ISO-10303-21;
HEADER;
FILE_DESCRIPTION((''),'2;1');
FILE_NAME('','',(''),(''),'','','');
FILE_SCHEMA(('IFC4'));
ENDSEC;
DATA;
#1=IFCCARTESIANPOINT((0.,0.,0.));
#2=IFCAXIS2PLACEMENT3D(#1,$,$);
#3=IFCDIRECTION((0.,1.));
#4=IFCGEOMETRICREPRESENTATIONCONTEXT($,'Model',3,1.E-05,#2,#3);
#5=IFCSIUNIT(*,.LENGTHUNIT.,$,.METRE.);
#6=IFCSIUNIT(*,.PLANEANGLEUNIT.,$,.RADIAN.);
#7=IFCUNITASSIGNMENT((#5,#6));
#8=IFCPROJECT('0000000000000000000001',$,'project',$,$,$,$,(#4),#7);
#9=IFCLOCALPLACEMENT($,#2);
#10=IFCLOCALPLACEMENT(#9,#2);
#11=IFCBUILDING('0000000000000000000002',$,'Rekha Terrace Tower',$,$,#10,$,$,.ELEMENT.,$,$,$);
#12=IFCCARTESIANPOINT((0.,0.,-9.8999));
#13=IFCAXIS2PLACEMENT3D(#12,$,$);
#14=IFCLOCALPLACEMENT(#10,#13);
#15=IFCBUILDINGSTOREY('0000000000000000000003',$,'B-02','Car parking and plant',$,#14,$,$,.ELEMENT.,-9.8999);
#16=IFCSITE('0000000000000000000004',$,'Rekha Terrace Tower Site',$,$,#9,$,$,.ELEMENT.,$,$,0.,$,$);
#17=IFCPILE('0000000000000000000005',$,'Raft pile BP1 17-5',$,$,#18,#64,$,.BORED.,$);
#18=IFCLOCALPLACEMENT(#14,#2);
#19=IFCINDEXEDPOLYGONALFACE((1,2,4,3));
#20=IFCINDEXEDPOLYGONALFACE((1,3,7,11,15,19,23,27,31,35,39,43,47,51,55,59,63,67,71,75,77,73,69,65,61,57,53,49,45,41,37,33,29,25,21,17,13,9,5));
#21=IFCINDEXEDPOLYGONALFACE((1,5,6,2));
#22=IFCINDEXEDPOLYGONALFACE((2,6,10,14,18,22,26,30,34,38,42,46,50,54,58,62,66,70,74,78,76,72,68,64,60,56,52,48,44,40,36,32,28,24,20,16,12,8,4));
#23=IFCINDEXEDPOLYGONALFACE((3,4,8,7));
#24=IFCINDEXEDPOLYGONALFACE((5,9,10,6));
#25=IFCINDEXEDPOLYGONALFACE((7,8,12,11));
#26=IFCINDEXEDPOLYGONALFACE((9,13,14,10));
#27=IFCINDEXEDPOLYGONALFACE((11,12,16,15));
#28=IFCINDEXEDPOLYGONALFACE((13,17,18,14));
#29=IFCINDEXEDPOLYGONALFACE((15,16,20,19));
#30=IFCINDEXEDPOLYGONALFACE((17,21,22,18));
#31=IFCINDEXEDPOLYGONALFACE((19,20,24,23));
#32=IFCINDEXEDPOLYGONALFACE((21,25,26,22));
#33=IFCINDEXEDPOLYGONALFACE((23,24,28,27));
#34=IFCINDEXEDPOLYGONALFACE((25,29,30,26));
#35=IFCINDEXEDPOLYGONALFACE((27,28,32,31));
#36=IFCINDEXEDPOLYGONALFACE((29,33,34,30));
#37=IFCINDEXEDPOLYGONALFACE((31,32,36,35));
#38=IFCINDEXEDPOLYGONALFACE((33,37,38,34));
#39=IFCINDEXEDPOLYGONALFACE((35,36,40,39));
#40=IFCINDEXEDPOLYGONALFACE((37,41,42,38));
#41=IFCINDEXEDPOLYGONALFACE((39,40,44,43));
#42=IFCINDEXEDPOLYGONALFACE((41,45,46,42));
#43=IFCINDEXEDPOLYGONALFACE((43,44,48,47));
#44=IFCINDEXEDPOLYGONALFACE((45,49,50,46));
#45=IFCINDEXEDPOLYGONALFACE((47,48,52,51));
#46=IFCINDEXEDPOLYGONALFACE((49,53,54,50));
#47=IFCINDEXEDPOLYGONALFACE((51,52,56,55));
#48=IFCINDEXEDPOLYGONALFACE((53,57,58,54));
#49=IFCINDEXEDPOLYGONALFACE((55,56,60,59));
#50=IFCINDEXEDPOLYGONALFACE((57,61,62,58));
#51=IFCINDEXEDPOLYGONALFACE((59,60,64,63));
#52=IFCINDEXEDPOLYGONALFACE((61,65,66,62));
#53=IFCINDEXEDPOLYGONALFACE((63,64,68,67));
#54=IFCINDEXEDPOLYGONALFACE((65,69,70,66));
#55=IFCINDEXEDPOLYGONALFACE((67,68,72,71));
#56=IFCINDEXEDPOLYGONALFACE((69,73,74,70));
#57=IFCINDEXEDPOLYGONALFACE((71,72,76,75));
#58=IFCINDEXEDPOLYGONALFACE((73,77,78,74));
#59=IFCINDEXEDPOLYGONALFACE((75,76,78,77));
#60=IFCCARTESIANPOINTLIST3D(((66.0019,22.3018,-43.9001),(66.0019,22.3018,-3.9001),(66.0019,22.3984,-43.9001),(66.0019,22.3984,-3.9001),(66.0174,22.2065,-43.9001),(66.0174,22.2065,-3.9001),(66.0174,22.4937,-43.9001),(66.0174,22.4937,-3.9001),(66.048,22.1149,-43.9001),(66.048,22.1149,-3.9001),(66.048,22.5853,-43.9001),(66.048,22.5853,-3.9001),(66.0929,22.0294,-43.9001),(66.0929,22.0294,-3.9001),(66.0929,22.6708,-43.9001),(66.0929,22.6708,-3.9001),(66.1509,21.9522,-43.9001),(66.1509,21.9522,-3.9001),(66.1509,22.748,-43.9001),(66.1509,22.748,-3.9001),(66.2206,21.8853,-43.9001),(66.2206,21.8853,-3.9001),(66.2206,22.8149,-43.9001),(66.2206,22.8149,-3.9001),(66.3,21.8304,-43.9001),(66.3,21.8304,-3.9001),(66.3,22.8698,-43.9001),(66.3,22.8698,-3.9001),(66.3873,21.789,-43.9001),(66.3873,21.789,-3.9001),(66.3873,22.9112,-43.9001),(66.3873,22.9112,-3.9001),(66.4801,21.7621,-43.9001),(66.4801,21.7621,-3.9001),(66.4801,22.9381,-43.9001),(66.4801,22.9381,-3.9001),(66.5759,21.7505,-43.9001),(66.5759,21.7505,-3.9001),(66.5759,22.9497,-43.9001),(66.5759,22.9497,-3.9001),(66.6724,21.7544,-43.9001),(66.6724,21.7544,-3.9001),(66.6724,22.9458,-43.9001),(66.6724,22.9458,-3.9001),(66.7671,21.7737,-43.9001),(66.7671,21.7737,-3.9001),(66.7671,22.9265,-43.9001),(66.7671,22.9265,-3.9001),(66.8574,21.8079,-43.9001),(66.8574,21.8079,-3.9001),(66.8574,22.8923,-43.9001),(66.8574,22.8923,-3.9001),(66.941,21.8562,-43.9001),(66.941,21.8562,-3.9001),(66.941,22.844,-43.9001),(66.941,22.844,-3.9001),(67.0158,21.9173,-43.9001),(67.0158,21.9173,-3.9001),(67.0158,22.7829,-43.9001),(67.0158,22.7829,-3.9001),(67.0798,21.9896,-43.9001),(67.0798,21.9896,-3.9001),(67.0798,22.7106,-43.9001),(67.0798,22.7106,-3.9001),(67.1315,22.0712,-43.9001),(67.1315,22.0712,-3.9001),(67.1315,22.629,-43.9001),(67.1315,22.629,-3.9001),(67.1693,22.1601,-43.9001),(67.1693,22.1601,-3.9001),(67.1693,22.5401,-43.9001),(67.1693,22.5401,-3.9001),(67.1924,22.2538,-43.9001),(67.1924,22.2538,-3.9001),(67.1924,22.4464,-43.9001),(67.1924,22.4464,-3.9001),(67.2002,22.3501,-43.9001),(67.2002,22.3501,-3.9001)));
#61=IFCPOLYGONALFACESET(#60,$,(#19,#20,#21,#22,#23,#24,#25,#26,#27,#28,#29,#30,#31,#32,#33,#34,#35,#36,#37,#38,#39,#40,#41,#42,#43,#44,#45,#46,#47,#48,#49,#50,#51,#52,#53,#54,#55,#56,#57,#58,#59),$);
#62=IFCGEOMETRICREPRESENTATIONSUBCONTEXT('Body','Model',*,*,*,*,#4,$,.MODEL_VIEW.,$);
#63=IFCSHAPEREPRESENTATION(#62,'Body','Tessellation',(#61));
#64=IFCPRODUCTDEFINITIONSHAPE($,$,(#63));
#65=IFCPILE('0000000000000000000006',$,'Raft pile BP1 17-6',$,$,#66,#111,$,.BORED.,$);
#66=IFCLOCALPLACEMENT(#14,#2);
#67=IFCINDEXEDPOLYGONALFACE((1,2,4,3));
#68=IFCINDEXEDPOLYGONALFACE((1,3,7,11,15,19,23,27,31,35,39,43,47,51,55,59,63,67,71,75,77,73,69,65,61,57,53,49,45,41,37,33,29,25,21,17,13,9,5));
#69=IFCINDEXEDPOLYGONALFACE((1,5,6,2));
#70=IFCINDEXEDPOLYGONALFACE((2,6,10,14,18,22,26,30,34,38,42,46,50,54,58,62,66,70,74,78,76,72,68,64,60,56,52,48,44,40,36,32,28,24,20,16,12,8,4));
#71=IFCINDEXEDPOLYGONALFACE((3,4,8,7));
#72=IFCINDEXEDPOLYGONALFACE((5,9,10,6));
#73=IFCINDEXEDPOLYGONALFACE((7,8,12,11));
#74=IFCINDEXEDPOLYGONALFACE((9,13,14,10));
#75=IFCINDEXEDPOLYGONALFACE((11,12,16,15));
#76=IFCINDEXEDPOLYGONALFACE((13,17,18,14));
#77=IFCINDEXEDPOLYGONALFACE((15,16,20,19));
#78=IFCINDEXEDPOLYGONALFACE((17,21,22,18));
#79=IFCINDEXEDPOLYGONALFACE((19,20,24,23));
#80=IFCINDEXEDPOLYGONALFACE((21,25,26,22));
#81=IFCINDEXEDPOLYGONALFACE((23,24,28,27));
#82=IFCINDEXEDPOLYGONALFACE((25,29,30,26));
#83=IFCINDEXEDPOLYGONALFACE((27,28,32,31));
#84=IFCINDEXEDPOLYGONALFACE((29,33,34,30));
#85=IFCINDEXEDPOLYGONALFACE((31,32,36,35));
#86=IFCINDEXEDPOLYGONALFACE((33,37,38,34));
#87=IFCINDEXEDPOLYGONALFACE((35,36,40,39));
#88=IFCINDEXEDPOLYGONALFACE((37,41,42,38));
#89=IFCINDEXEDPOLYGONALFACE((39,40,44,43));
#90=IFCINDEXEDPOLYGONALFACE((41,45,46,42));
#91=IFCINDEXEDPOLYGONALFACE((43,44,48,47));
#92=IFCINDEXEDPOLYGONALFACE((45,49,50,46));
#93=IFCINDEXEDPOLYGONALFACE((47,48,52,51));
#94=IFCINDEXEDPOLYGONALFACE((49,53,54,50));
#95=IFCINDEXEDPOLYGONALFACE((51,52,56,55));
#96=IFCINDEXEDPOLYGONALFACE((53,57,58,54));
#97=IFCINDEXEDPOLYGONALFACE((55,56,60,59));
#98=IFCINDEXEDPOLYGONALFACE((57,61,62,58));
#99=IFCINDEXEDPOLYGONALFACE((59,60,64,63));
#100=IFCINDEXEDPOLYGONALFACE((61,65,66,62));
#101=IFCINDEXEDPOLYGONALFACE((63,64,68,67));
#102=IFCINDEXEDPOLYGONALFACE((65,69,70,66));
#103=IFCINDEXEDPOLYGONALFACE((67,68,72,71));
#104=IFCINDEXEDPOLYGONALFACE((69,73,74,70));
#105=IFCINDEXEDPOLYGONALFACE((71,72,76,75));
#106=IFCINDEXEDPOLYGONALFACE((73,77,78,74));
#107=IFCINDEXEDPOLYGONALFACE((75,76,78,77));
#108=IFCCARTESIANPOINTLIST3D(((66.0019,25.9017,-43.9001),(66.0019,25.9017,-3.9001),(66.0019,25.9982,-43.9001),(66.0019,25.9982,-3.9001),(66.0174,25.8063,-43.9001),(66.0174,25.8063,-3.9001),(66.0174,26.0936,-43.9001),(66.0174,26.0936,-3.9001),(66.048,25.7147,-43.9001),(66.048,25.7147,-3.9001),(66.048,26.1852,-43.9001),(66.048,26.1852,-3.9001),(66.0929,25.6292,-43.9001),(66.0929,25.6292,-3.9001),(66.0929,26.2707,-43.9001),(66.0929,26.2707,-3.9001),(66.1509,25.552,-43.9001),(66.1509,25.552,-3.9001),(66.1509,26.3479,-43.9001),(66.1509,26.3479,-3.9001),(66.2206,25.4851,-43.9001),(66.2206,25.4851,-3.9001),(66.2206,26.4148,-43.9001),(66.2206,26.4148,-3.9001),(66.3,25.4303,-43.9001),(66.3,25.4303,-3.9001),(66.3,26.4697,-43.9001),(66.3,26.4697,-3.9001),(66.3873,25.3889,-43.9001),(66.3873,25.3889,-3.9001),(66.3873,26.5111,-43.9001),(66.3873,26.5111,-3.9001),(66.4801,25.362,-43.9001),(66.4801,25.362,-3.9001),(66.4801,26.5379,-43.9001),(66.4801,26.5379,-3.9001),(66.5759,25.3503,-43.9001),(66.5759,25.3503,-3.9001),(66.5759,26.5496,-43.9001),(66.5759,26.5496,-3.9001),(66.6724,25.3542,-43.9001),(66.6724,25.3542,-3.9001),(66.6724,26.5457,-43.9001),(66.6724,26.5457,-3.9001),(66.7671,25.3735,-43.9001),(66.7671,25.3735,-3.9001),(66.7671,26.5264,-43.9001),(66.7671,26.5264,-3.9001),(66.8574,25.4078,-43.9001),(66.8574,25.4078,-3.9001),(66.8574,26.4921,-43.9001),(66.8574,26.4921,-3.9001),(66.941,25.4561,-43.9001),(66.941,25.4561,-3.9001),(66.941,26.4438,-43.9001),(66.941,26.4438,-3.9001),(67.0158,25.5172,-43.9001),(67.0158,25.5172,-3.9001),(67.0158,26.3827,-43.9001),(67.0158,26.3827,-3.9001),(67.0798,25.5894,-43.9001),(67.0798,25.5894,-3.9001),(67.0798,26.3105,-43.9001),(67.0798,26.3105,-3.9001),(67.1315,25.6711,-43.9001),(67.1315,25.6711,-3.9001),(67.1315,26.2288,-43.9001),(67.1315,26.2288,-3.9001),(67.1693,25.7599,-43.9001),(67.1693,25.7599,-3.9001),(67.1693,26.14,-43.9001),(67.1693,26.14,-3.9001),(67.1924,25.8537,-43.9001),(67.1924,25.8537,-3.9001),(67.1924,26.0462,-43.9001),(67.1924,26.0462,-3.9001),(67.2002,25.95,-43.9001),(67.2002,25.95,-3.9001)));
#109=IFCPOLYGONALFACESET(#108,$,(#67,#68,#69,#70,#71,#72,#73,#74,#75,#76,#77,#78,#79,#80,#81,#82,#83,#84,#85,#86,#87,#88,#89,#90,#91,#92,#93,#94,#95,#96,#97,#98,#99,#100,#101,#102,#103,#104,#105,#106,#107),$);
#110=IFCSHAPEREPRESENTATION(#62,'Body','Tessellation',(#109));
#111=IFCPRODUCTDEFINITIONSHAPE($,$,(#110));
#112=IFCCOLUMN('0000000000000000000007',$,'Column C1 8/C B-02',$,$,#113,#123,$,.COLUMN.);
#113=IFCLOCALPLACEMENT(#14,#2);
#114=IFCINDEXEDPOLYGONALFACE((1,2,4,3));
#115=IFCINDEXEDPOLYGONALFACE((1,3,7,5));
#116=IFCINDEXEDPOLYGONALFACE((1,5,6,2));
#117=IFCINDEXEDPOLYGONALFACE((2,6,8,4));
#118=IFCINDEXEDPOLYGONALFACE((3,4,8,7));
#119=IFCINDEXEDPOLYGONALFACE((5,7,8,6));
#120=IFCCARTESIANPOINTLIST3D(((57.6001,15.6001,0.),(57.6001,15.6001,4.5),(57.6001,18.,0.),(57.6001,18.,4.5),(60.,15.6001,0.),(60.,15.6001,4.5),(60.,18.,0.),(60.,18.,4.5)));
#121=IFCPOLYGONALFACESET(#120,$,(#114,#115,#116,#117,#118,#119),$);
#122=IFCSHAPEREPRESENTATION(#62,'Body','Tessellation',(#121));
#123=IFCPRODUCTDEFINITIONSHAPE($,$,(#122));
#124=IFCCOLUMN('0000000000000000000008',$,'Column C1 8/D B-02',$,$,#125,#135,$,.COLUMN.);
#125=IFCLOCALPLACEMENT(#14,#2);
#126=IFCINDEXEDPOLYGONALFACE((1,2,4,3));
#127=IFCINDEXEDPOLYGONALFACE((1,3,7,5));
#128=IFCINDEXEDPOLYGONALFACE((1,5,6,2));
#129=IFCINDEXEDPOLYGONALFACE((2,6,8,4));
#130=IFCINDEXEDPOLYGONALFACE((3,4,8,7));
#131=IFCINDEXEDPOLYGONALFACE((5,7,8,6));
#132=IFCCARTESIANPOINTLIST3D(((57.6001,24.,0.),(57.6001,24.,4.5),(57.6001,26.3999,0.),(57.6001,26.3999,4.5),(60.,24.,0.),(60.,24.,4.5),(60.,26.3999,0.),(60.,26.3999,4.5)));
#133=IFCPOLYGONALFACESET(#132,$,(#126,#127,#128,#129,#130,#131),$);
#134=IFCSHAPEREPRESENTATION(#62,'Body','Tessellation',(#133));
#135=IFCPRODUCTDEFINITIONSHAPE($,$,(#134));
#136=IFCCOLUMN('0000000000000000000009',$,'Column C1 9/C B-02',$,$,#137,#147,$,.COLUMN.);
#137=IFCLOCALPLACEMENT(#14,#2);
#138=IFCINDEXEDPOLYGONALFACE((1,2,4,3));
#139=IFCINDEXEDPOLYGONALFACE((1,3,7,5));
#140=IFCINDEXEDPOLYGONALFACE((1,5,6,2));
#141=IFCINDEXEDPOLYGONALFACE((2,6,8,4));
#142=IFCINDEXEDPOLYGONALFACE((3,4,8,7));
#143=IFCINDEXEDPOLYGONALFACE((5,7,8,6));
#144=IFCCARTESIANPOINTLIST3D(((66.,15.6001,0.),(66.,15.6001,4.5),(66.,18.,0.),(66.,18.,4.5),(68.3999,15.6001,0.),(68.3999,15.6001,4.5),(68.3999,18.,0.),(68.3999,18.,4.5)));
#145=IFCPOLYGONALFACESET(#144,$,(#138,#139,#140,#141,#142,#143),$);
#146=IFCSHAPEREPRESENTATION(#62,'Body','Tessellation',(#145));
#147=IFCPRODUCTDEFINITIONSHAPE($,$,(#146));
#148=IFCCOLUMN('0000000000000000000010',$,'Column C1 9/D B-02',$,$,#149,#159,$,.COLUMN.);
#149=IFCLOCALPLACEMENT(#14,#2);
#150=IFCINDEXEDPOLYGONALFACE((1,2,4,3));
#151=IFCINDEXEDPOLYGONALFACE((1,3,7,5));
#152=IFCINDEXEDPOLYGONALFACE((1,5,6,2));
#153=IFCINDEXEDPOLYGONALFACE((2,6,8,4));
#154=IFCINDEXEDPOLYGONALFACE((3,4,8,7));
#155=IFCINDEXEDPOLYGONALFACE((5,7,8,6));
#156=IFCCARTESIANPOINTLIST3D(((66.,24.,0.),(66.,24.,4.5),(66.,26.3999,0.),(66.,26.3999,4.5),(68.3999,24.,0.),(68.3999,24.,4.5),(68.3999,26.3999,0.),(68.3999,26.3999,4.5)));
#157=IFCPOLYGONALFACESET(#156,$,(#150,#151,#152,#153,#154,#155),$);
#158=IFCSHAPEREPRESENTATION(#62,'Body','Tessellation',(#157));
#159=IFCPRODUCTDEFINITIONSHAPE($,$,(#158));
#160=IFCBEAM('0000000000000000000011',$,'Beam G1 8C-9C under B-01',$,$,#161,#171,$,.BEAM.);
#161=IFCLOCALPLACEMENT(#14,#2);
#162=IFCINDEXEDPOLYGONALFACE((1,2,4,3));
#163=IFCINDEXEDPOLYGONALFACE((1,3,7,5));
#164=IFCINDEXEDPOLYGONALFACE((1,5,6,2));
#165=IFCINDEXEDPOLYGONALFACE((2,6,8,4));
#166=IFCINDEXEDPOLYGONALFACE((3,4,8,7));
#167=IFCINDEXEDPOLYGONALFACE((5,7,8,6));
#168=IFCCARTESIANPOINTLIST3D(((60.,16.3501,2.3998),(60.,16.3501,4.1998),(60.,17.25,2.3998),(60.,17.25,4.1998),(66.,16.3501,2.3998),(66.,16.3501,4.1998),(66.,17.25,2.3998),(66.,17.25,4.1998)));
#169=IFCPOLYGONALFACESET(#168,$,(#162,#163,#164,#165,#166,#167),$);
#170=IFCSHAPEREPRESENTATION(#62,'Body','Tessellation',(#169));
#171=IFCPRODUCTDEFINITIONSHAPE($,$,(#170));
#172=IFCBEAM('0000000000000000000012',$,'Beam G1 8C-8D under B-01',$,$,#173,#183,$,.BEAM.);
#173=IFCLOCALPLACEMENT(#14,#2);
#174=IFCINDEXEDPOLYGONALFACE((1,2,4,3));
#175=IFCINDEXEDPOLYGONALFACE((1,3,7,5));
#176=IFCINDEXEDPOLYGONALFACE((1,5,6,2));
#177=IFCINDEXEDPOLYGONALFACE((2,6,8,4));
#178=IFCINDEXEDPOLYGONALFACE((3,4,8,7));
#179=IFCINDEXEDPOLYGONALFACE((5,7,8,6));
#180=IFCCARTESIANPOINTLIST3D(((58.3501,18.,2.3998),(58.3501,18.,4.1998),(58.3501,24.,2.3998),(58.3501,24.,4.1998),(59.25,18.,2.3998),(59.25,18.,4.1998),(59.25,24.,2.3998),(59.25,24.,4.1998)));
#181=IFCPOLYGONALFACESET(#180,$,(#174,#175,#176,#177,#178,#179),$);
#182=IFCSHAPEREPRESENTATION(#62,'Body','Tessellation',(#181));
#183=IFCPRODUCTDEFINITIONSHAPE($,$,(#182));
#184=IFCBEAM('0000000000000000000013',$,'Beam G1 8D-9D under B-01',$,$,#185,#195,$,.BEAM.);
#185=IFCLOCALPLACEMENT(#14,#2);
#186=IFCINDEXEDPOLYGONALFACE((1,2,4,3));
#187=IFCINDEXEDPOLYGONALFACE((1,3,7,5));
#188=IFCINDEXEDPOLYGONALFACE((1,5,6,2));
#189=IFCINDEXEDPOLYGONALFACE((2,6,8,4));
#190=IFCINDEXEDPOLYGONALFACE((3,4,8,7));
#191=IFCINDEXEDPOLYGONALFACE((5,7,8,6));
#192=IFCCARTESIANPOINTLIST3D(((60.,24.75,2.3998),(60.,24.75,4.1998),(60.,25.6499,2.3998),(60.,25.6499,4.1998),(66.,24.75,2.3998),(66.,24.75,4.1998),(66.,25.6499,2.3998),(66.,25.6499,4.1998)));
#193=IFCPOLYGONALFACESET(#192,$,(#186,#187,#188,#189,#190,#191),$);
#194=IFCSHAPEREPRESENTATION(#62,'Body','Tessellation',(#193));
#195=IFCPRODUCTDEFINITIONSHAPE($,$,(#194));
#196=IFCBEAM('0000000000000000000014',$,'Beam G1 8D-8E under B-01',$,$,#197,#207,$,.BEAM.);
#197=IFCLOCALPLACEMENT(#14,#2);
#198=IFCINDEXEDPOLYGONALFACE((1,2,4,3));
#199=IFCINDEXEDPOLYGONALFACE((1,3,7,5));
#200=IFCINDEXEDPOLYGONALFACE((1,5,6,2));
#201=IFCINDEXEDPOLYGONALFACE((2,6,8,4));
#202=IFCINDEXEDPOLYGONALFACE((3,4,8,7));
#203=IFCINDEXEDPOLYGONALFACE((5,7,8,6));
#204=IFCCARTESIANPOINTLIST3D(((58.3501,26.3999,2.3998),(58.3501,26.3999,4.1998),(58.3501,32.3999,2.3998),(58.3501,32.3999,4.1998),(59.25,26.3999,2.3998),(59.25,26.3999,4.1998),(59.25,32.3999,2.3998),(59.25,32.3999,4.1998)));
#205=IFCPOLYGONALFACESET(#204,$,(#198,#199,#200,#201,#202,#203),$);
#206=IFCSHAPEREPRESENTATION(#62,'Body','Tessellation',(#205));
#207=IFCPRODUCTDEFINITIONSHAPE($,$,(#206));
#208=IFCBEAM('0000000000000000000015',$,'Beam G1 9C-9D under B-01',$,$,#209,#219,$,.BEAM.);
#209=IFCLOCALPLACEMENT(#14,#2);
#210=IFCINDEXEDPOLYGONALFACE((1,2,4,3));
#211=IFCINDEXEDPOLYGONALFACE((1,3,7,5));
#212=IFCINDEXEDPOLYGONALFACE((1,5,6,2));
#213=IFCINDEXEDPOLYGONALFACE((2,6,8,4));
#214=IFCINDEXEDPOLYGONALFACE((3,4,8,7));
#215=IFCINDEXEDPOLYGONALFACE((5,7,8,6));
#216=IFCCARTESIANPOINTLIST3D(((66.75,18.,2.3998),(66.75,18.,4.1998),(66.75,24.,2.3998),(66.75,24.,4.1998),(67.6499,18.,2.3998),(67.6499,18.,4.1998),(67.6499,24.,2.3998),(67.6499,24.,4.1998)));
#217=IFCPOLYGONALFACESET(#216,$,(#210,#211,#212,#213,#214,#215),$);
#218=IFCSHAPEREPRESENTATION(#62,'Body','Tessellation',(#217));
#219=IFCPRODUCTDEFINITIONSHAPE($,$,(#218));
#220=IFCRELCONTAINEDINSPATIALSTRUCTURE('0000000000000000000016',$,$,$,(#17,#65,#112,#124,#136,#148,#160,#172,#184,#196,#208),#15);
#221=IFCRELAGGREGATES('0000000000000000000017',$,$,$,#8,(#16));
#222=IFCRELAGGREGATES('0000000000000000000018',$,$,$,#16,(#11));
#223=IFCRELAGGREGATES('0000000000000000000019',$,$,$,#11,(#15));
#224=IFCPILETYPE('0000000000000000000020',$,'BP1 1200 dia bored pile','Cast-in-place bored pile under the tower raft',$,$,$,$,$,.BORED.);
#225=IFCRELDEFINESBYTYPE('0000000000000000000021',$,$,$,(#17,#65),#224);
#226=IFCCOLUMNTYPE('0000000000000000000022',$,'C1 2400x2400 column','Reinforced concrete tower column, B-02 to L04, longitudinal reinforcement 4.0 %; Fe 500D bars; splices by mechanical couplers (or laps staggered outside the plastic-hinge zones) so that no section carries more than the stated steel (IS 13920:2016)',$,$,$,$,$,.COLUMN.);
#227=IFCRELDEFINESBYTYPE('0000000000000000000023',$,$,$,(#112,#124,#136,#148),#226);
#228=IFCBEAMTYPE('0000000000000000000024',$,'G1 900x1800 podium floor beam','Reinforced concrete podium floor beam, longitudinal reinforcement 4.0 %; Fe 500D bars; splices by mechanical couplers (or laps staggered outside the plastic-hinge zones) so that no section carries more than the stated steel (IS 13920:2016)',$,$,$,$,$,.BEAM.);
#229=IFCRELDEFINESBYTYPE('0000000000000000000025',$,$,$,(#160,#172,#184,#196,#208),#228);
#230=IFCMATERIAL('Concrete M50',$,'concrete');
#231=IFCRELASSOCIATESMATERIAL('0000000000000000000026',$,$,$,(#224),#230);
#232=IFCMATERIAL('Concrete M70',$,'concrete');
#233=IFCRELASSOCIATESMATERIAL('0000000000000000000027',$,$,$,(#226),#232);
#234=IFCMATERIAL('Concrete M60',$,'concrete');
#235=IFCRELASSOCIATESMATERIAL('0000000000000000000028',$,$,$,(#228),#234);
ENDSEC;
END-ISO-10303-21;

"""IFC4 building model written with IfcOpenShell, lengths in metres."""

from ifc_helpers import new_model, si_unit, direction, frame, origin, origin_2d, place, context, subcontext, project, spatial, rectangle, circle, extrude, material, material_profile, profile_set, type_object, element, save


model = new_model("IFC4")

# Units and contexts
model_context = context("Model", 3, precision=1e-05, world=origin(), true_north=direction((0.0, 1.0)))
body_context = subcontext(model_context, "Body", "Model", "MODEL_VIEW")
ifc_project = project(units=[si_unit("LENGTHUNIT", "METRE"), si_unit("PLANEANGLEUNIT", "RADIAN")], contexts=[model_context])

# Site, building, storey
site_placement = place(None, origin())
site = spatial("IfcSite", under=ifc_project, at=site_placement, Name="Rekha Terrace Tower Site", CompositionType="ELEMENT", RefElevation=0.0)
building_placement = place(site_placement, origin())
building = spatial("IfcBuilding", under=site, at=building_placement, Name="Rekha Terrace Tower", CompositionType="ELEMENT")
storey_placement = place(building_placement, frame((0.0, 0.0, -9.8999)))
storey = spatial("IfcBuildingStorey", under=building, at=storey_placement, Name="B-02", Description="Car parking and plant", CompositionType="ELEMENT", Elevation=-9.8999)

# Piles
ifc_material_1 = material(Name="Concrete M50", Category="concrete")
pile_type = type_object("IfcPileType", Name="BP1 1200 dia bored pile", Description="Cast-in-place bored pile under the tower raft", PredefinedType="BORED", material=ifc_material_1)
for number, where, z_axis, x_axis, name in (
    (1, (66.6001, 22.3501, -3.9001), (0.0, 0.0, -1.0), (1.0, 0.0, 0.0), "Raft pile BP1 17-5"),
    (2, (66.6001, 25.95, -3.9001), (0.0, 0.0, -1.0), (1.0, 0.0, 0.0), "Raft pile BP1 17-6"),
):
    element("IfcPile", number, at=place(storey_placement, frame(where, z_axis=z_axis, x_axis=x_axis)), inside=storey, type_object=pile_type, Name=name, PredefinedType="BORED", context=body_context, shape_type="SweptSolid", body=[
        extrude(circle(Radius=0.6001, at=origin_2d()), origin(), (0.0, 0.0, 1.0), 40.0),
    ])

# Columns
ifc_material_2 = material(Name="Concrete M70", Category="concrete")
ifc_material_profile_1 = material_profile(ifc_material_2, rectangle(XDim=2.3999, YDim=2.3999, at=origin_2d()), Name="RC 2400x2400")
ifc_profile_set_1 = profile_set([ifc_material_profile_1], Name="Concrete M70")
column_type = type_object("IfcColumnType", Name="C1 2400x2400 column", Description="Reinforced concrete tower column, B-02 to L04, longitudinal reinforcement 4.0 %; Fe 500D bars; splices by mechanical couplers (or laps staggered outside the plastic-hinge zones) so that no section carries more than the stated steel (IS 13920:2016)", PredefinedType="COLUMN", material=ifc_profile_set_1)
for number, where, z_axis, x_axis, name in (
    (3, (58.8, 16.8, 0.0), (0.0, 0.0, 1.0), (1.0, 0.0, 0.0), "Column C1 8/C B-02"),
    (4, (58.8, 25.2, 0.0), (0.0, 0.0, 1.0), (1.0, 0.0, 0.0), "Column C1 8/D B-02"),
    (5, (67.2, 16.8, 0.0), (0.0, 0.0, 1.0), (1.0, 0.0, 0.0), "Column C1 9/C B-02"),
    (6, (67.2, 25.2, 0.0), (0.0, 0.0, 1.0), (1.0, 0.0, 0.0), "Column C1 9/D B-02"),
):
    element("IfcColumn", number, at=place(storey_placement, frame(where, z_axis=z_axis, x_axis=x_axis)), inside=storey, type_object=column_type, Name=name, PredefinedType="COLUMN", context=body_context, shape_type="SweptSolid", body=[
        extrude(rectangle(XDim=2.3999, YDim=2.3999, at=origin_2d()), origin(), (0.0, 0.0, 1.0), 4.5),
    ])

# Beams
ifc_material_3 = material(Name="Concrete M60", Category="concrete")
ifc_material_profile_2 = material_profile(ifc_material_3, rectangle(XDim=0.8999, YDim=1.8, at=origin_2d()), Name="RC 900x1800")
ifc_profile_set_2 = profile_set([ifc_material_profile_2], Name="Concrete M60")
beam_type = type_object("IfcBeamType", Name="G1 900x1800 podium floor beam", Description="Reinforced concrete podium floor beam, longitudinal reinforcement 4.0 %; Fe 500D bars; splices by mechanical couplers (or laps staggered outside the plastic-hinge zones) so that no section carries more than the stated steel (IS 13920:2016)", PredefinedType="BEAM", material=ifc_profile_set_2)
for number, where, z_axis, x_axis, name in (
    (7, (60.0, 16.8, 3.2998), (1.0, 0.0, 0.0), (0.0, 1.0, 0.0), "Beam G1 8C-9C under B-01"),
    (8, (58.8, 18.0, 3.2998), (0.0, 1.0, 0.0), (-1.0, 0.0, 0.0), "Beam G1 8C-8D under B-01"),
    (9, (60.0, 25.2, 3.2998), (1.0, 0.0, 0.0), (0.0, 1.0, 0.0), "Beam G1 8D-9D under B-01"),
    (10, (58.8, 26.3999, 3.2998), (0.0, 1.0, 0.0), (-1.0, 0.0, 0.0), "Beam G1 8D-8E under B-01"),
    (11, (67.2, 18.0, 3.2998), (0.0, 1.0, 0.0), (-1.0, 0.0, 0.0), "Beam G1 9C-9D under B-01"),
):
    element("IfcBeam", number, at=place(storey_placement, frame(where, z_axis=z_axis, x_axis=x_axis)), inside=storey, type_object=beam_type, Name=name, PredefinedType="BEAM", context=body_context, shape_type="SweptSolid", body=[
        extrude(rectangle(XDim=0.8999, YDim=1.8, at=origin_2d()), origin(), (0.0, 0.0, 1.0), 6.0),
    ])

save(model, "model.ifc")
